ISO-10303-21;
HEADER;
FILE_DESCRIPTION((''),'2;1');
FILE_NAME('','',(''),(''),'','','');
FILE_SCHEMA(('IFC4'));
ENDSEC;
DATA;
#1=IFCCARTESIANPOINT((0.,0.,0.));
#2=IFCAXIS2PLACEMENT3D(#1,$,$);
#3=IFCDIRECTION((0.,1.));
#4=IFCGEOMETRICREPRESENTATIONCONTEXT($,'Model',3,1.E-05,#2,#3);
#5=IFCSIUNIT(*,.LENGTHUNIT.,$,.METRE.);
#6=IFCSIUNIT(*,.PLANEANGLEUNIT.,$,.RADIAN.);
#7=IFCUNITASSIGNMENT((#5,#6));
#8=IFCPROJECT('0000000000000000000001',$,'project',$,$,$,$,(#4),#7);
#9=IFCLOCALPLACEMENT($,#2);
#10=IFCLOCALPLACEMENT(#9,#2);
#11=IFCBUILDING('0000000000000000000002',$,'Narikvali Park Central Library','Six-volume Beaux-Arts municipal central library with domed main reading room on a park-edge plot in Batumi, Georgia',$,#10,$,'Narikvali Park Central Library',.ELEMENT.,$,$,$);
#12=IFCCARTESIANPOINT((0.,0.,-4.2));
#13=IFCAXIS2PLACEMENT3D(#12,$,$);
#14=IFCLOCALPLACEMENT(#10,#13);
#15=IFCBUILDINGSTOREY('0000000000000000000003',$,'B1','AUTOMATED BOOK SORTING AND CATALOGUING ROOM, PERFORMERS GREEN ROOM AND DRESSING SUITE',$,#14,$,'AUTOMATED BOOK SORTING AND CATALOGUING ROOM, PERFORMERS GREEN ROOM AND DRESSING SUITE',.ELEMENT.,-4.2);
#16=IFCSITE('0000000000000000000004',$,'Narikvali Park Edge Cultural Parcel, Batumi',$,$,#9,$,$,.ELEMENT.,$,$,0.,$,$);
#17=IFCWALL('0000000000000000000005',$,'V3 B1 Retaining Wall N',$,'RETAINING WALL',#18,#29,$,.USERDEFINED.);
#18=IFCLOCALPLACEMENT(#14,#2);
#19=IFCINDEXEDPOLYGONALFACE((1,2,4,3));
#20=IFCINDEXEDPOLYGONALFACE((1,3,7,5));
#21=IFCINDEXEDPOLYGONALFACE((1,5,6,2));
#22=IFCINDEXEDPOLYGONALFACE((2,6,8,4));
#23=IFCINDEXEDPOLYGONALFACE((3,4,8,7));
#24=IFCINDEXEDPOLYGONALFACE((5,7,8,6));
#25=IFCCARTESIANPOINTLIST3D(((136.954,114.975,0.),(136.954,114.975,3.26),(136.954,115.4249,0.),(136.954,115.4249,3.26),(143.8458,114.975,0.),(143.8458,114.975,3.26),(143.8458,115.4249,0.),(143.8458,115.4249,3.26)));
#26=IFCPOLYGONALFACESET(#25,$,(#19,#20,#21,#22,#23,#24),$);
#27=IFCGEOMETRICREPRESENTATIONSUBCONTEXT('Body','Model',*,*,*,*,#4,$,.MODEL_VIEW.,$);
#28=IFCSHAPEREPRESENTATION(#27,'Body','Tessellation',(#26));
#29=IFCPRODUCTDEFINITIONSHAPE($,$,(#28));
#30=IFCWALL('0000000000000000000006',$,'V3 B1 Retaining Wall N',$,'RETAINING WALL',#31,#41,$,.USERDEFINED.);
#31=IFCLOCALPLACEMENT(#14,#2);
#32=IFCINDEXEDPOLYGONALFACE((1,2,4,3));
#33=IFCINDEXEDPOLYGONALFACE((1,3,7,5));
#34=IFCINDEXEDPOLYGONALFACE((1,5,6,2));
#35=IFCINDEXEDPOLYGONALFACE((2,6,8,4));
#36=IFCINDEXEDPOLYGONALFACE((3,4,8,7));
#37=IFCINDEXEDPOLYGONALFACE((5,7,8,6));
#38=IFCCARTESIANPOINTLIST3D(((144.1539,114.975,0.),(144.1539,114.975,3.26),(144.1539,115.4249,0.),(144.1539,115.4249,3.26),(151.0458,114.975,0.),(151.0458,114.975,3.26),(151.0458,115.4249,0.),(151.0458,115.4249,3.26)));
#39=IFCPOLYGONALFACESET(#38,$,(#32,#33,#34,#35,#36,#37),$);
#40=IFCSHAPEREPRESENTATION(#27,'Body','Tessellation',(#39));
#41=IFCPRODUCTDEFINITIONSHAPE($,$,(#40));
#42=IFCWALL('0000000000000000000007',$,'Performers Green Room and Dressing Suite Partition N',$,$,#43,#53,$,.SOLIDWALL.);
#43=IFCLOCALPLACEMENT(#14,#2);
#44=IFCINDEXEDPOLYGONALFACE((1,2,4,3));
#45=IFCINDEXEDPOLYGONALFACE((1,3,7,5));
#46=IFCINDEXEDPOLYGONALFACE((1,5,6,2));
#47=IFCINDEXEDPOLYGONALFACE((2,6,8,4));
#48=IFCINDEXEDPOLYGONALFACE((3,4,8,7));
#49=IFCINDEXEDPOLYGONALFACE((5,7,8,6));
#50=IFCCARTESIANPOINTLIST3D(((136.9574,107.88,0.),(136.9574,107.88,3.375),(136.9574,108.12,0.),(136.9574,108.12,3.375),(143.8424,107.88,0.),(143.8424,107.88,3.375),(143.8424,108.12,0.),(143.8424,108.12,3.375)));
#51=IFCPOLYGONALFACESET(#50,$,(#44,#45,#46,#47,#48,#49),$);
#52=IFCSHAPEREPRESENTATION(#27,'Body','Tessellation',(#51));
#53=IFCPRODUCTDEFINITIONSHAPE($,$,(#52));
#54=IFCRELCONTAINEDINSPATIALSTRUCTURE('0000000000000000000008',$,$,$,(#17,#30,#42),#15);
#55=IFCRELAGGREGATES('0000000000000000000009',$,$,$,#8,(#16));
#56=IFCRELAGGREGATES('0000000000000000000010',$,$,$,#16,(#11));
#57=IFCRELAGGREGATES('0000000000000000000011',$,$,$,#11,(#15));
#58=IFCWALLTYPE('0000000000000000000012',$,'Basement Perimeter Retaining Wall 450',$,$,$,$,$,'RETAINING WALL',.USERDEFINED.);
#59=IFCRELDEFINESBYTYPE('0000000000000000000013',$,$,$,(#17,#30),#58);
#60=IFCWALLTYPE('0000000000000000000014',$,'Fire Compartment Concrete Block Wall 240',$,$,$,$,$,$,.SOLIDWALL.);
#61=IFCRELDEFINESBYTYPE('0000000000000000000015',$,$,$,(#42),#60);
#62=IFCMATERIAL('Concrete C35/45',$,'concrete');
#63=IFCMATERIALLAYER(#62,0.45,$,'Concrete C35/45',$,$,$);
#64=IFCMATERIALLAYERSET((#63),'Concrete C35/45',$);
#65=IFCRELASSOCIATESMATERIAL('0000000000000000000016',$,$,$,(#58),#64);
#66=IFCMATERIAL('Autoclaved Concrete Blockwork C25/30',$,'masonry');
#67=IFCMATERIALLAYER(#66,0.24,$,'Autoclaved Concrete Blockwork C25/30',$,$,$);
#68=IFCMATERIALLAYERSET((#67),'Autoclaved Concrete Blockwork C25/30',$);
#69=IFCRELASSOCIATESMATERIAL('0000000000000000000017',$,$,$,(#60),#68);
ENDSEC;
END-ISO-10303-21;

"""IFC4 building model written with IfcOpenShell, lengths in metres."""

from ifc_helpers import new_model, si_unit, direction, frame, frame_2d, origin, place, context, subcontext, project, spatial, rectangle, extrude, material, layer, layer_set, type_object, element, save


model = new_model("IFC4")

# Units and contexts
model_context = context("Model", 3, precision=1e-05, world=origin(), true_north=direction((0.0, 1.0)))
body_context = subcontext(model_context, "Body", "Model", "MODEL_VIEW")
ifc_project = project(units=[si_unit("LENGTHUNIT", "METRE"), si_unit("PLANEANGLEUNIT", "RADIAN")], contexts=[model_context])

# Site, building, storey
site_placement = place(None, origin())
site = spatial("IfcSite", under=ifc_project, at=site_placement, Name="Narikvali Park Edge Cultural Parcel, Batumi", CompositionType="ELEMENT", RefElevation=0.0)
building_placement = place(site_placement, origin())
building = spatial("IfcBuilding", under=site, at=building_placement, Name="Narikvali Park Central Library", Description="Six-volume Beaux-Arts municipal central library with domed main reading room on a park-edge plot in Batumi, Georgia", LongName="Narikvali Park Central Library", CompositionType="ELEMENT")
storey_placement = place(building_placement, frame((0.0, 0.0, -4.2)))
storey = spatial("IfcBuildingStorey", under=building, at=storey_placement, Name="B1", Description="AUTOMATED BOOK SORTING AND CATALOGUING ROOM, PERFORMERS GREEN ROOM AND DRESSING SUITE", LongName="AUTOMATED BOOK SORTING AND CATALOGUING ROOM, PERFORMERS GREEN ROOM AND DRESSING SUITE", CompositionType="ELEMENT", Elevation=-4.2)

# Shared definitions
ifc_material_1 = material(Name="Concrete C35/45", Category="concrete")

# Walls
ifc_layer_1 = layer(ifc_material_1, 0.45, Name="Concrete C35/45")
ifc_layer_set_1 = layer_set([ifc_layer_1], Name="Concrete C35/45")
wall_type_1 = type_object("IfcWallType", Name="Basement Perimeter Retaining Wall 450", ElementType="RETAINING WALL", PredefinedType="USERDEFINED", material=ifc_layer_set_1)
for number, where, z_axis, x_axis, name in (
    (1, (136.9541, 115.2, 0.0), (0.0, 0.0, 1.0), (1.0, 0.0, 0.0), "V3 B1 Retaining Wall N"),
    (2, (144.1541, 115.2, 0.0), (0.0, 0.0, 1.0), (1.0, 0.0, 0.0), "V3 B1 Retaining Wall N"),
):
    element("IfcWall", number, at=place(storey_placement, frame(where, z_axis=z_axis, x_axis=x_axis)), inside=storey, type_object=wall_type_1, Name=name, ObjectType="RETAINING WALL", PredefinedType="USERDEFINED", context=body_context, shape_type="SweptSolid", body=[
        extrude(rectangle(XDim=6.8918, YDim=0.45, at=frame_2d((3.4458, 0.0))), origin(), (0.0, 0.0, 1.0), 3.26),
    ])
ifc_material_2 = material(Name="Autoclaved Concrete Blockwork C25/30", Category="masonry")
ifc_layer_2 = layer(ifc_material_2, 0.24, Name="Autoclaved Concrete Blockwork C25/30")
ifc_layer_set_2 = layer_set([ifc_layer_2], Name="Autoclaved Concrete Blockwork C25/30")
wall_type_2 = type_object("IfcWallType", Name="Fire Compartment Concrete Block Wall 240", PredefinedType="SOLIDWALL", material=ifc_layer_set_2)
wall_placement = place(storey_placement, frame((136.9575, 108.0, 0.0), z_axis=(0.0, 0.0, 1.0), x_axis=(1.0, 0.0, 0.0)))
element("IfcWall", 3, at=wall_placement, inside=storey, type_object=wall_type_2, Name="Performers Green Room and Dressing Suite Partition N", PredefinedType="SOLIDWALL", context=body_context, shape_type="SweptSolid", body=[
    extrude(rectangle(XDim=6.885, YDim=0.24, at=frame_2d((3.4424, 0.0))), origin(), (0.0, 0.0, 1.0), 3.375),
])

save(model, "model.ifc")
